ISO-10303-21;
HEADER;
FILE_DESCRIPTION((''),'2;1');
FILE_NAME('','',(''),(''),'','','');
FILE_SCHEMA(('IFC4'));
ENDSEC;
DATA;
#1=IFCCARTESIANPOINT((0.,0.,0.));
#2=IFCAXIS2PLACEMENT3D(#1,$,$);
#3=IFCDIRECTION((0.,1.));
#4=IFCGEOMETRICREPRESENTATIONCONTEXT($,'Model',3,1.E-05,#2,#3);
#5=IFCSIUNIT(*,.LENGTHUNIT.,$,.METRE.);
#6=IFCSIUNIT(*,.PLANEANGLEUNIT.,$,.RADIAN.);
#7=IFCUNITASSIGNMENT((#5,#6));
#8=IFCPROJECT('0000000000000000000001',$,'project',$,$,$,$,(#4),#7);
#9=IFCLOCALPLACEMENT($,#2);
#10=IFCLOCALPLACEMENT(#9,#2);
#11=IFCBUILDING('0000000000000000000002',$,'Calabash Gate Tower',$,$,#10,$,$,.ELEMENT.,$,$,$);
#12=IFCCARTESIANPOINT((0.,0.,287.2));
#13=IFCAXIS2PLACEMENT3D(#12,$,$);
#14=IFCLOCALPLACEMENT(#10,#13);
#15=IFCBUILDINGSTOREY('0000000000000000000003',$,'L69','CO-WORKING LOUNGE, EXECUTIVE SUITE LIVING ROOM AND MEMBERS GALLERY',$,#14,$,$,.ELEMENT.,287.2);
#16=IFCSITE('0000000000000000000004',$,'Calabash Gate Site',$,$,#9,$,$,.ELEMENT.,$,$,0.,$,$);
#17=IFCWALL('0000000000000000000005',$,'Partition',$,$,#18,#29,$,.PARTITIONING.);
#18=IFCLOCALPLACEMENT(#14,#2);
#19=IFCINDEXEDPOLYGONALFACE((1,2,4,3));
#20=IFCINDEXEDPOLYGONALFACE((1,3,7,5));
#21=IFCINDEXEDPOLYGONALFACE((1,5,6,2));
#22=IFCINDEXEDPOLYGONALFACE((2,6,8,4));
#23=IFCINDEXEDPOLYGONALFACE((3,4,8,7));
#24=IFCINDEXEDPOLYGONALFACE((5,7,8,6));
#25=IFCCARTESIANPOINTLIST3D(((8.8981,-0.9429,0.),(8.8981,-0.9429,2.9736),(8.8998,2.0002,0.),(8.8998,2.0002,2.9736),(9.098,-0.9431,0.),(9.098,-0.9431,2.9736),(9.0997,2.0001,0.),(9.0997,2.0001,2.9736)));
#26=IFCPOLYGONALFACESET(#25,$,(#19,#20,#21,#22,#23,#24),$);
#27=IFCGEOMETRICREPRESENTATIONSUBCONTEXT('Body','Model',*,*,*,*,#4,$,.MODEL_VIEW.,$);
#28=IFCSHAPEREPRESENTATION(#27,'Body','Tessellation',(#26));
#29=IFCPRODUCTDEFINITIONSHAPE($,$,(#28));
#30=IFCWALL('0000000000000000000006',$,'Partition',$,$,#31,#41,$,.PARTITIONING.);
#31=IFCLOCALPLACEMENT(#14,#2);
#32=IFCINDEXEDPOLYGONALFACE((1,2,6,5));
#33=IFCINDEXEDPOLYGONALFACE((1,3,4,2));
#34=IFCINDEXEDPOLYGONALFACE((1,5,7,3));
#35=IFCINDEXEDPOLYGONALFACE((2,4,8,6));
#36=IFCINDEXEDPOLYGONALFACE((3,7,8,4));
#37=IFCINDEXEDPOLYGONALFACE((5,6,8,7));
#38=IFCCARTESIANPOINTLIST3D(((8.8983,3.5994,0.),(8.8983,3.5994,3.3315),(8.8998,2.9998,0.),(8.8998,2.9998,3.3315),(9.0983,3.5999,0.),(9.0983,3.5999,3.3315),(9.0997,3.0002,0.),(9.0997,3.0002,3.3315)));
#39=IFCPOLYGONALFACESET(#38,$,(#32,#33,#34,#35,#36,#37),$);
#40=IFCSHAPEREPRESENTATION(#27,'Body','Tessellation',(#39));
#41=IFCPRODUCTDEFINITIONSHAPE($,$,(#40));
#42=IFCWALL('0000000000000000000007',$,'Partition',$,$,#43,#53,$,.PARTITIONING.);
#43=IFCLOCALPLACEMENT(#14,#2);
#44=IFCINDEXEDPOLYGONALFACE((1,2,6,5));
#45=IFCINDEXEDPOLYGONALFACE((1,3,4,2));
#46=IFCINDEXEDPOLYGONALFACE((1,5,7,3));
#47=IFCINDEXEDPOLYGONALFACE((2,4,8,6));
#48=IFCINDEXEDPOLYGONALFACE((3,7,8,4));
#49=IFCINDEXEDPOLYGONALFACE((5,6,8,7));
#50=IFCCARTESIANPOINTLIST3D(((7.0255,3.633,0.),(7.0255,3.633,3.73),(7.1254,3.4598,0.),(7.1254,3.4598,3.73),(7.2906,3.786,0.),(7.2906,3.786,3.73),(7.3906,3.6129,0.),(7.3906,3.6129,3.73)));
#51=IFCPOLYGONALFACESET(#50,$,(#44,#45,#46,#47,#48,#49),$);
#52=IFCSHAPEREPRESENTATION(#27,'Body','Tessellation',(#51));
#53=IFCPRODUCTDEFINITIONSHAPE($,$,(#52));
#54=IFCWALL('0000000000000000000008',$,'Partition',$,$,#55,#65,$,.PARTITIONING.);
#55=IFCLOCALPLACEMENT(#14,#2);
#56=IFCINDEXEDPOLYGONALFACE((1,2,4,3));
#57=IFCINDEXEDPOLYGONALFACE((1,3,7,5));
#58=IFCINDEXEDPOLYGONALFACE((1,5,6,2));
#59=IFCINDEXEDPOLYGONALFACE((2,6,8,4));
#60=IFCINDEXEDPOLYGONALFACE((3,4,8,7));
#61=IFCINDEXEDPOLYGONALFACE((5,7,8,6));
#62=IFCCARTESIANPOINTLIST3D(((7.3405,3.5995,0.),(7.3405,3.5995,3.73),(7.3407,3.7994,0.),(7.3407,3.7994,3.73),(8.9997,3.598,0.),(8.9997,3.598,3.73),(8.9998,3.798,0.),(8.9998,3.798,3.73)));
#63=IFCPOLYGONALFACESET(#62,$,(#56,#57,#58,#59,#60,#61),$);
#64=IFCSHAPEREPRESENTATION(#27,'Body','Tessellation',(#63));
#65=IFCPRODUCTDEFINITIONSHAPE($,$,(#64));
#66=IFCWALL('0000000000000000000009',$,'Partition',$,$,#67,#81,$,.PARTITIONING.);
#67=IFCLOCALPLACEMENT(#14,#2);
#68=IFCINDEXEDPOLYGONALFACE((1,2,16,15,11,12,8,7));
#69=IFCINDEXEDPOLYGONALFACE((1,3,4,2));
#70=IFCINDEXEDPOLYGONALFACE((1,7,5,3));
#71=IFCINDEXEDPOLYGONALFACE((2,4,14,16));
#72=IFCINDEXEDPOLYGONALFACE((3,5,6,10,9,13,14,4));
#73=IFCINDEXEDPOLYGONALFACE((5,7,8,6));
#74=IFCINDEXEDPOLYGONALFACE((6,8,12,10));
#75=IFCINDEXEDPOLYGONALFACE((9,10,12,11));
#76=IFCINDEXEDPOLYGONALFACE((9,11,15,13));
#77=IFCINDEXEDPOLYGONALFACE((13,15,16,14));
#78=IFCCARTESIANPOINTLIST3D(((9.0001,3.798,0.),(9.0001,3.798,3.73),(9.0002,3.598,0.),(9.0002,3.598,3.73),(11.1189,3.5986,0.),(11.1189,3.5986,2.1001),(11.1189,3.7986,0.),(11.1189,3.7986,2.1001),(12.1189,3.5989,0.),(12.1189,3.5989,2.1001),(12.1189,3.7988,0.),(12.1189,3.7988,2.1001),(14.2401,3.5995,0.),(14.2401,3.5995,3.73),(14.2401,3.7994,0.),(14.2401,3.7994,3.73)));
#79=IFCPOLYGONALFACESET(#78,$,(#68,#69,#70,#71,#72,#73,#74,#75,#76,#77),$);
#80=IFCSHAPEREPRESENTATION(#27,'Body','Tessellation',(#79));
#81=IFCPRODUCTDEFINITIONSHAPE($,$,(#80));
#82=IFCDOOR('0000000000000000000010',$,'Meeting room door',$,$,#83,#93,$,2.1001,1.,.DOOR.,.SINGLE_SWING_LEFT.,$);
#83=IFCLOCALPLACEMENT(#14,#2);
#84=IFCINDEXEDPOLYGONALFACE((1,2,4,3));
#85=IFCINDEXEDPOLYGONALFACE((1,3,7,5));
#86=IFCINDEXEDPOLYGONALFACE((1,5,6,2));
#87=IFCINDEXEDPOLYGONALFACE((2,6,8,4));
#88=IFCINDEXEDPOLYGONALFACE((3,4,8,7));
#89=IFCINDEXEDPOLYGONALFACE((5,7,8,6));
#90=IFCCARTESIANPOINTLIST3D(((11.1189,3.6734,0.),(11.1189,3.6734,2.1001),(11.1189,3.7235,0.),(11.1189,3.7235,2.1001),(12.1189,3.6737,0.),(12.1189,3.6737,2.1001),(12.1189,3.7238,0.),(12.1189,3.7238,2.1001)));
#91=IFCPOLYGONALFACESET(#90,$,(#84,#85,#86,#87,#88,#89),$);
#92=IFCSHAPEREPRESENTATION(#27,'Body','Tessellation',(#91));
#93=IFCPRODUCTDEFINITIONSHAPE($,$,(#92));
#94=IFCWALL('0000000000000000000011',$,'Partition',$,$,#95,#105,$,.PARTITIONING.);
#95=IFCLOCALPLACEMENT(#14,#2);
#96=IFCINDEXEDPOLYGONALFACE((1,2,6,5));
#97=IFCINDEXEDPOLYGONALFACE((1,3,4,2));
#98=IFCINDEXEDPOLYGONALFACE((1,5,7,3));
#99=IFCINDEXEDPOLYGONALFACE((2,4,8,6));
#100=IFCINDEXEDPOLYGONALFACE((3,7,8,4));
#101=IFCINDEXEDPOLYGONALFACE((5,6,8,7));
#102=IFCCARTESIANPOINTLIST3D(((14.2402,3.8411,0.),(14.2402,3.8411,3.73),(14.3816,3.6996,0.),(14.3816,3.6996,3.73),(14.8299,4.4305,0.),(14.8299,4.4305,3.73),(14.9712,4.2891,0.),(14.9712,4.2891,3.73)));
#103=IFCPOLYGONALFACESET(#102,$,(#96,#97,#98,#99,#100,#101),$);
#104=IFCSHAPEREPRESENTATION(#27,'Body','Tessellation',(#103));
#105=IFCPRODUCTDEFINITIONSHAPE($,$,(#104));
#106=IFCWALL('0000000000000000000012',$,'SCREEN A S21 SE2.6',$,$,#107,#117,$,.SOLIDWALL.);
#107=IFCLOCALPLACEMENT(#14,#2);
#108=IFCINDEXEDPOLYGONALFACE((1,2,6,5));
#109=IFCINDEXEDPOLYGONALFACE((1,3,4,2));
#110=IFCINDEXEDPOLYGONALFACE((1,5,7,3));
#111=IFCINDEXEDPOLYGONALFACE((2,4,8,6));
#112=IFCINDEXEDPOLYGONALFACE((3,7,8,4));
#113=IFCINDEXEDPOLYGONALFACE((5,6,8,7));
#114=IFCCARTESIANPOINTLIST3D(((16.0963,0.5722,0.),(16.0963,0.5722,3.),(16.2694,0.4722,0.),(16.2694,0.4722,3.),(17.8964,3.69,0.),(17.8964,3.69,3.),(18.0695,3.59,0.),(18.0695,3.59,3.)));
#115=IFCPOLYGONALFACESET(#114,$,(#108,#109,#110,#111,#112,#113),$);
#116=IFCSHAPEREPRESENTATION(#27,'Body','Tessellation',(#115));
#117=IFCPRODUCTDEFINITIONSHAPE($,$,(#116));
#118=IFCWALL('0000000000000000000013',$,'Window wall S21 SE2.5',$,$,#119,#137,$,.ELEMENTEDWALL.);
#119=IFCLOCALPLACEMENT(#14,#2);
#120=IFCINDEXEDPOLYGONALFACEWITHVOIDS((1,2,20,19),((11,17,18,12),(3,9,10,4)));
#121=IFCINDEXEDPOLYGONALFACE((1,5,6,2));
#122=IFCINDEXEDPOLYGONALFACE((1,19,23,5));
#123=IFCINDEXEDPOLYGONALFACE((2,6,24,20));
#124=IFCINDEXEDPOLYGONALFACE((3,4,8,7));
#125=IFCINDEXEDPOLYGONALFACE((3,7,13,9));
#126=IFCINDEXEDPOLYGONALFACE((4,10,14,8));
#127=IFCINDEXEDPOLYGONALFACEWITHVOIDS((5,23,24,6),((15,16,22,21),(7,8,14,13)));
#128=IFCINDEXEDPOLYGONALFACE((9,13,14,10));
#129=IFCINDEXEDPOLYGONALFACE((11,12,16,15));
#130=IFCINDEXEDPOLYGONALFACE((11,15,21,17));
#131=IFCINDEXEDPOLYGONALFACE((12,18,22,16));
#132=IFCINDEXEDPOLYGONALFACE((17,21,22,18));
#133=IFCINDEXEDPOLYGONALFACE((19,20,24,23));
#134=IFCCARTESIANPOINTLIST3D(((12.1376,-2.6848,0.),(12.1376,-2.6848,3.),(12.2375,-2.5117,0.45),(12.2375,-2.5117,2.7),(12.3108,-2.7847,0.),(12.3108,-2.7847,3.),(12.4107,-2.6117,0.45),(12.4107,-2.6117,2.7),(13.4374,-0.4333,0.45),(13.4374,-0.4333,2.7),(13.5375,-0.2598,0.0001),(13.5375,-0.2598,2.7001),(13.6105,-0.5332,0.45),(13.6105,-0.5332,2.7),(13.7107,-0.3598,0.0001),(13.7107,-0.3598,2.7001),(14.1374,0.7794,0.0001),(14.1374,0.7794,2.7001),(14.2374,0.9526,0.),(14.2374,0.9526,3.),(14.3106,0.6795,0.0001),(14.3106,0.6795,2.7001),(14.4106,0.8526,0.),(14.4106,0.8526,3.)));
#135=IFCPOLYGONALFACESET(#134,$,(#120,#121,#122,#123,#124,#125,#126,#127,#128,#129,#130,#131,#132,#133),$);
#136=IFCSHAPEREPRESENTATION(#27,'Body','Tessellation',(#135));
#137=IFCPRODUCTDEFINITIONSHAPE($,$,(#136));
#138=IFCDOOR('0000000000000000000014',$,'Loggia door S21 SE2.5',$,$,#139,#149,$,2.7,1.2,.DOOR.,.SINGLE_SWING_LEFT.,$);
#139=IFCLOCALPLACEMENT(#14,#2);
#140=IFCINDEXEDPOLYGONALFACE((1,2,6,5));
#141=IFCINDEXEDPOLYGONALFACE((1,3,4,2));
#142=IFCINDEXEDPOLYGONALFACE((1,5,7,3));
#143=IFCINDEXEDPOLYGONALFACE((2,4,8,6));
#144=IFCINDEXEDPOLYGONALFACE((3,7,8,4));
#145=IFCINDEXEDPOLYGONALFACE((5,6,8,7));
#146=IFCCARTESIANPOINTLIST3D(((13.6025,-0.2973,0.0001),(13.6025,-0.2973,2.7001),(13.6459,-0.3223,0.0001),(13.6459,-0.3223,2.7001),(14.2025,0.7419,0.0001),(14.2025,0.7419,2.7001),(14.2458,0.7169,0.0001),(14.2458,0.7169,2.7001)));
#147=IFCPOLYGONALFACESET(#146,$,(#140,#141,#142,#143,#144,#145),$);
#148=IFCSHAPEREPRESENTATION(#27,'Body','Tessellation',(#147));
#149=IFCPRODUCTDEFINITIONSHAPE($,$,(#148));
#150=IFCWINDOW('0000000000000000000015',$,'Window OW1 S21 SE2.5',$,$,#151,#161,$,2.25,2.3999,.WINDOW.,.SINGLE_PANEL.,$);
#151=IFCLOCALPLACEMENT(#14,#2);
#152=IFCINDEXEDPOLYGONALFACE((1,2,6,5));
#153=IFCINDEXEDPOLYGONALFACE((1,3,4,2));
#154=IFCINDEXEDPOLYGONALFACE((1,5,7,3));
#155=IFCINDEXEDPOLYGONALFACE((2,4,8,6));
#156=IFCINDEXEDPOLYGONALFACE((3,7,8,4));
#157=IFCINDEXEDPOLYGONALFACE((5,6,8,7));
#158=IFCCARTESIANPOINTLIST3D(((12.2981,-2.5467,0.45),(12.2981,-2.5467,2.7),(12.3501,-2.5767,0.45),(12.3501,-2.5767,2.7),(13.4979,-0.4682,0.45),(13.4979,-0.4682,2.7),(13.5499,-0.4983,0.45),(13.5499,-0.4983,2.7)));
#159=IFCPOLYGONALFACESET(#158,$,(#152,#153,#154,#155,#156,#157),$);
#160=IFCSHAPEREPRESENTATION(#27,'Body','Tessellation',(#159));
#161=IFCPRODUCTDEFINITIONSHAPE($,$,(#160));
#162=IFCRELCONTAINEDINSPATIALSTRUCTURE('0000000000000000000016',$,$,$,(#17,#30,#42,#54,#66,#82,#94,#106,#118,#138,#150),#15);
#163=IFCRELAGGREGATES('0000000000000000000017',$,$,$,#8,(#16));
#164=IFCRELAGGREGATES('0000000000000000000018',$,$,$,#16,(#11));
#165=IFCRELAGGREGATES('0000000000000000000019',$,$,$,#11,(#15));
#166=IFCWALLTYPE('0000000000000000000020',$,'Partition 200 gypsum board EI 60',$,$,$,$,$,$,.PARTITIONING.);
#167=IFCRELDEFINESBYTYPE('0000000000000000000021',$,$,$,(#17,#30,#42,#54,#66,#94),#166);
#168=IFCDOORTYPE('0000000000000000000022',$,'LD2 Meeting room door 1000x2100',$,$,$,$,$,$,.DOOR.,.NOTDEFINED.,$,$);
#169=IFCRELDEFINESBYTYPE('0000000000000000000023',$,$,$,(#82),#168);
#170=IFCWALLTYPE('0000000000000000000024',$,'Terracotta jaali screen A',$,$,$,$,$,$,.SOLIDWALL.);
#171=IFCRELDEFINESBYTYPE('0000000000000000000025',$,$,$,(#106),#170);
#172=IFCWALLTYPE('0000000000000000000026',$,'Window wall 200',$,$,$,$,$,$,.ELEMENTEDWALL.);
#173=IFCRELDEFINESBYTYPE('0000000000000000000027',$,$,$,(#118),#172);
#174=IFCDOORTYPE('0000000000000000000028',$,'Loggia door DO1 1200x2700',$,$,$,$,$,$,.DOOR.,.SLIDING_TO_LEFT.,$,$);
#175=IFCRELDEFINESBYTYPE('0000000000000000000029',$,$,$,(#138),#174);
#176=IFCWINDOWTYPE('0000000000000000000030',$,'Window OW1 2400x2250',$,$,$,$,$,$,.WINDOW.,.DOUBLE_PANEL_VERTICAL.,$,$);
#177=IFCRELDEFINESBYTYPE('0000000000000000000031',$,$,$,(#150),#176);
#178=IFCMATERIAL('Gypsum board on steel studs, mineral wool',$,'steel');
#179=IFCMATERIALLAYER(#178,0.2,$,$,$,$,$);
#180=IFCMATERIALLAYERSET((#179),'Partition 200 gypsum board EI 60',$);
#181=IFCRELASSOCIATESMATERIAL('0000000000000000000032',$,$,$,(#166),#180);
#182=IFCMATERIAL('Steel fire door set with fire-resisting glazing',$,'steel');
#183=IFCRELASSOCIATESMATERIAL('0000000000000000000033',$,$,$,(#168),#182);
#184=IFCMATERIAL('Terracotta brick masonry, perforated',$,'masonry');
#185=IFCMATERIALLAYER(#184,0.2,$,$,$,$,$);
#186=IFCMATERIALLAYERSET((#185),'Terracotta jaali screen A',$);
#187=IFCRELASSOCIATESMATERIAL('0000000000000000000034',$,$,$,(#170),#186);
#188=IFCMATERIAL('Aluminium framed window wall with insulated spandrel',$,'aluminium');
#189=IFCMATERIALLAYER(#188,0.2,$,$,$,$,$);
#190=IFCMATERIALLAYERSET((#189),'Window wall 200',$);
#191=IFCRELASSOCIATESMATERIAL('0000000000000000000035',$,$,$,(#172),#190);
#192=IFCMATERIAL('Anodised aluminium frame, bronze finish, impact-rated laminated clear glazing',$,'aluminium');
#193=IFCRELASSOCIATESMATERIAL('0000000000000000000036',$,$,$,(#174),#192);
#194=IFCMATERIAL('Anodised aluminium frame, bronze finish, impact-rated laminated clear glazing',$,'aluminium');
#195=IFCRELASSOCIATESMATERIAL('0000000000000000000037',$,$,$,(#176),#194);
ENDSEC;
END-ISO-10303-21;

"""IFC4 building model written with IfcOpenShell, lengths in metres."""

from ifc_helpers import new_model, si_unit, direction, frame, frame_2d, origin, place, context, subcontext, project, spatial, rectangle, extrude, material, layer, layer_set, type_object, element, fill, save


model = new_model("IFC4")

# Units and contexts
model_context = context("Model", 3, precision=1e-05, world=origin(), true_north=direction((0.0, 1.0)))
body_context = subcontext(model_context, "Body", "Model", "MODEL_VIEW")
ifc_project = project(units=[si_unit("LENGTHUNIT", "METRE"), si_unit("PLANEANGLEUNIT", "RADIAN")], contexts=[model_context])

# Site, building, storey
site_placement = place(None, origin())
site = spatial("IfcSite", under=ifc_project, at=site_placement, Name="Calabash Gate Site", CompositionType="ELEMENT", RefElevation=0.0)
building_placement = place(site_placement, origin())
building = spatial("IfcBuilding", under=site, at=building_placement, Name="Calabash Gate Tower", CompositionType="ELEMENT")
storey_placement = place(building_placement, frame((0.0, 0.0, 287.2)))
storey = spatial("IfcBuildingStorey", under=building, at=storey_placement, Name="L69", Description="CO-WORKING LOUNGE, EXECUTIVE SUITE LIVING ROOM AND MEMBERS GALLERY", CompositionType="ELEMENT", Elevation=287.2)

# Walls
ifc_material_1 = material(Name="Gypsum board on steel studs, mineral wool", Category="steel")
ifc_layer_1 = layer(ifc_material_1, 0.2)
ifc_layer_set_1 = layer_set([ifc_layer_1], Name="Partition 200 gypsum board EI 60")
wall_type_1 = type_object("IfcWallType", Name="Partition 200 gypsum board EI 60", PredefinedType="PARTITIONING", material=ifc_layer_set_1)
wall_1_placement = place(storey_placement, frame((8.998, -0.9431, 0.0), z_axis=(0.0, 0.0, 1.0), x_axis=(0.000581, 1.0, 0.0)))
element("IfcWall", 1, at=wall_1_placement, inside=storey, type_object=wall_type_1, Name="Partition", PredefinedType="PARTITIONING", context=body_context, shape_type="SweptSolid", body=[
    extrude(rectangle(XDim=2.9431, YDim=0.2, at=frame_2d((1.4717, 0.0))), origin(), (0.0, 0.0, 1.0), 2.9736),
])
wall_2_placement = place(storey_placement, frame((8.9983, 3.5996, 0.0), z_axis=(0.0, 0.0, 1.0), x_axis=(0.002443, -0.999997, 0.0)))
element("IfcWall", 2, at=wall_2_placement, inside=storey, type_object=wall_type_1, Name="Partition", PredefinedType="PARTITIONING", context=body_context, shape_type="SweptSolid", body=[
    extrude(rectangle(XDim=0.5996, YDim=0.2, at=frame_2d((0.2998, 0.0))), origin(), (0.0, 0.0, 1.0), 3.3315),
])
wall_3_placement = place(storey_placement, frame((7.0754, 3.5464, 0.0), z_axis=(0.0, 0.0, 1.0), x_axis=(0.866026, 0.499999, 0.0)))
element("IfcWall", 3, at=wall_3_placement, inside=storey, type_object=wall_type_1, Name="Partition", PredefinedType="PARTITIONING", context=body_context, shape_type="SweptSolid", body=[
    extrude(rectangle(XDim=0.3062, YDim=0.2, at=frame_2d((0.1531, 0.0))), origin(), (0.0, 0.0, 1.0), 3.73),
])
wall_4_placement = place(storey_placement, frame((7.3406, 3.6995, 0.0), z_axis=(0.0, 0.0, 1.0), x_axis=(1.0, -0.000883, 0.0)))
element("IfcWall", 4, at=wall_4_placement, inside=storey, type_object=wall_type_1, Name="Partition", PredefinedType="PARTITIONING", context=body_context, shape_type="SweptSolid", body=[
    extrude(rectangle(XDim=1.6592, YDim=0.2, at=frame_2d((0.8296, 0.0))), origin(), (0.0, 0.0, 1.0), 3.73),
])

# Wall, opening, door
wall_5_placement = place(storey_placement, frame((9.0, 3.698, 0.0), z_axis=(0.0, 0.0, 1.0), x_axis=(1.0, 0.00028, 0.0)))
wall_5 = element("IfcWall", 5, at=wall_5_placement, inside=storey, type_object=wall_type_1, Name="Partition", PredefinedType="PARTITIONING", context=body_context, shape_type="SweptSolid", body=[
    extrude(rectangle(XDim=5.24, YDim=0.2, at=frame_2d((2.6201, 0.0))), origin(), (0.0, 0.0, 1.0), 3.73),
])
opening_1_placement = place(wall_5_placement, frame((2.1189, 0.0, 0.0)))
opening_1 = element("IfcOpeningElement", 6, at=opening_1_placement, cuts=wall_5, PredefinedType="OPENING", context=body_context, shape_type="SweptSolid", body=[
    extrude(rectangle(XDim=1.0, YDim=2.1001, at=frame_2d((0.5, 1.05))), frame((0.0, 0.1099, 0.0), z_axis=(0.0, -1.0, 0.0), x_axis=(1.0, 0.0, 0.0)), (0.0, 0.0, 1.0), 0.22),
])
ifc_material_2 = material(Name="Steel fire door set with fire-resisting glazing", Category="steel")
door_type_1 = type_object("IfcDoorType", Name="LD2 Meeting room door 1000x2100", OperationType="NOTDEFINED", PredefinedType="DOOR", material=ifc_material_2)
door_1_placement = place(opening_1_placement, origin())
door_1 = element("IfcDoor", 7, at=door_1_placement, inside=storey, type_object=door_type_1, Name="Meeting room door", OperationType="SINGLE_SWING_LEFT", OverallHeight=2.1001, OverallWidth=1.0, PredefinedType="DOOR", context=body_context, shape_type="SweptSolid", body=[
    extrude(rectangle(XDim=1.0, YDim=2.1001, at=frame_2d((0.5, 1.05))), frame((0.0, 0.0249, 0.0), z_axis=(0.0, -1.0, 0.0), x_axis=(1.0, 0.0, 0.0)), (0.0, 0.0, 1.0), 0.05),
])
fill(opening_1, door_1)

# Walls
wall_6_placement = place(storey_placement, frame((14.3108, 3.7703, 0.0), z_axis=(0.0, 0.0, 1.0), x_axis=(0.707253, 0.70696, 0.0)))
element("IfcWall", 8, at=wall_6_placement, inside=storey, type_object=wall_type_1, Name="Partition", PredefinedType="PARTITIONING", context=body_context, shape_type="SweptSolid", body=[
    extrude(rectangle(XDim=0.8337, YDim=0.2, at=frame_2d((0.417, 0.0))), origin(), (0.0, 0.0, 1.0), 3.73),
])
ifc_material_3 = material(Name="Terracotta brick masonry, perforated", Category="masonry")
ifc_layer_2 = layer(ifc_material_3, 0.2)
ifc_layer_set_2 = layer_set([ifc_layer_2], Name="Terracotta jaali screen A")
wall_type_2 = type_object("IfcWallType", Name="Terracotta jaali screen A", PredefinedType="SOLIDWALL", material=ifc_layer_set_2)
wall_7_placement = place(storey_placement, frame((16.1829, 0.5222, 0.0), z_axis=(0.0, 0.0, 1.0), x_axis=(0.500012, 0.866018, 0.0)))
element("IfcWall", 9, at=wall_7_placement, inside=storey, type_object=wall_type_2, Name="SCREEN A S21 SE2.6", PredefinedType="SOLIDWALL", context=body_context, shape_type="SweptSolid", body=[
    extrude(rectangle(XDim=3.6001, YDim=0.2, at=frame_2d((1.8, 0.0))), origin(), (0.0, 0.0, 1.0), 3.0),
])

# Wall, openings, door, window
ifc_material_4 = material(Name="Aluminium framed window wall with insulated spandrel", Category="aluminium")
ifc_layer_3 = layer(ifc_material_4, 0.2)
ifc_layer_set_3 = layer_set([ifc_layer_3], Name="Window wall 200")
wall_type_3 = type_object("IfcWallType", Name="Window wall 200", PredefinedType="ELEMENTEDWALL", material=ifc_layer_set_3)
wall_8_placement = place(storey_placement, frame((12.2241, -2.7349, 0.0), z_axis=(0.0, 0.0, 1.0), x_axis=(0.499959, 0.866049, 0.0)))
wall_8 = element("IfcWall", 10, at=wall_8_placement, inside=storey, type_object=wall_type_3, Name="Window wall S21 SE2.5", PredefinedType="ELEMENTEDWALL", context=body_context, shape_type="SweptSolid", body=[
    extrude(rectangle(XDim=4.2, YDim=0.2, at=frame_2d((2.1001, 0.0))), origin(), (0.0, 0.0, 1.0), 3.0),
])
opening_2_placement = place(wall_8_placement, frame((0.2, 0.0, 0.45)))
opening_2 = element("IfcOpeningElement", 11, at=opening_2_placement, cuts=wall_8, PredefinedType="OPENING", context=body_context, shape_type="SweptSolid", body=[
    extrude(rectangle(XDim=2.3999, YDim=2.25, at=frame_2d((1.2, 1.125))), frame((0.0, 0.1099, 0.0), z_axis=(0.0, -1.0, 0.0), x_axis=(1.0, 0.0, 0.0)), (0.0, 0.0, 1.0), 0.22),
])
opening_3_placement = place(wall_8_placement, frame((2.8, 0.0, 0.0)))
opening_3 = element("IfcOpeningElement", 12, at=opening_3_placement, cuts=wall_8, PredefinedType="OPENING", context=body_context, shape_type="SweptSolid", body=[
    extrude(rectangle(XDim=1.2, YDim=2.7, at=frame_2d((0.6001, 1.3501))), frame((0.0, 0.1099, 0.0), z_axis=(0.0, -1.0, 0.0), x_axis=(1.0, 0.0, 0.0)), (0.0, 0.0, 1.0), 0.22),
])
ifc_material_5 = material(Name="Anodised aluminium frame, bronze finish, impact-rated laminated clear glazing", Category="aluminium")
door_type_2 = type_object("IfcDoorType", Name="Loggia door DO1 1200x2700", OperationType="SLIDING_TO_LEFT", PredefinedType="DOOR", material=ifc_material_5)
door_2_placement = place(opening_3_placement, origin())
door_2 = element("IfcDoor", 13, at=door_2_placement, inside=storey, type_object=door_type_2, Name="Loggia door S21 SE2.5", OperationType="SINGLE_SWING_LEFT", OverallHeight=2.7, OverallWidth=1.2, PredefinedType="DOOR", context=body_context, shape_type="SweptSolid", body=[
    extrude(rectangle(XDim=1.2, YDim=2.7, at=frame_2d((0.6001, 1.3501))), frame((0.0, 0.0249, 0.0), z_axis=(0.0, -1.0, 0.0), x_axis=(1.0, 0.0, 0.0)), (0.0, 0.0, 1.0), 0.05),
])
fill(opening_3, door_2)
ifc_material_6 = material(Name="Anodised aluminium frame, bronze finish, impact-rated laminated clear glazing", Category="aluminium")
window_type_1 = type_object("IfcWindowType", Name="Window OW1 2400x2250", PartitioningType="DOUBLE_PANEL_VERTICAL", PredefinedType="WINDOW", material=ifc_material_6)
window_1_placement = place(opening_2_placement, origin())
window_1 = element("IfcWindow", 14, at=window_1_placement, inside=storey, type_object=window_type_1, Name="Window OW1 S21 SE2.5", OverallHeight=2.25, OverallWidth=2.3999, PartitioningType="SINGLE_PANEL", PredefinedType="WINDOW", context=body_context, shape_type="SweptSolid", body=[
    extrude(rectangle(XDim=2.3999, YDim=2.25, at=frame_2d((1.2, 1.125))), frame((0.0, 0.03, 0.0), z_axis=(0.0, -1.0, 0.0), x_axis=(1.0, 0.0, 0.0)), (0.0, 0.0, 1.0), 0.0601),
])
fill(opening_2, window_1)

save(model, "model.ifc")
